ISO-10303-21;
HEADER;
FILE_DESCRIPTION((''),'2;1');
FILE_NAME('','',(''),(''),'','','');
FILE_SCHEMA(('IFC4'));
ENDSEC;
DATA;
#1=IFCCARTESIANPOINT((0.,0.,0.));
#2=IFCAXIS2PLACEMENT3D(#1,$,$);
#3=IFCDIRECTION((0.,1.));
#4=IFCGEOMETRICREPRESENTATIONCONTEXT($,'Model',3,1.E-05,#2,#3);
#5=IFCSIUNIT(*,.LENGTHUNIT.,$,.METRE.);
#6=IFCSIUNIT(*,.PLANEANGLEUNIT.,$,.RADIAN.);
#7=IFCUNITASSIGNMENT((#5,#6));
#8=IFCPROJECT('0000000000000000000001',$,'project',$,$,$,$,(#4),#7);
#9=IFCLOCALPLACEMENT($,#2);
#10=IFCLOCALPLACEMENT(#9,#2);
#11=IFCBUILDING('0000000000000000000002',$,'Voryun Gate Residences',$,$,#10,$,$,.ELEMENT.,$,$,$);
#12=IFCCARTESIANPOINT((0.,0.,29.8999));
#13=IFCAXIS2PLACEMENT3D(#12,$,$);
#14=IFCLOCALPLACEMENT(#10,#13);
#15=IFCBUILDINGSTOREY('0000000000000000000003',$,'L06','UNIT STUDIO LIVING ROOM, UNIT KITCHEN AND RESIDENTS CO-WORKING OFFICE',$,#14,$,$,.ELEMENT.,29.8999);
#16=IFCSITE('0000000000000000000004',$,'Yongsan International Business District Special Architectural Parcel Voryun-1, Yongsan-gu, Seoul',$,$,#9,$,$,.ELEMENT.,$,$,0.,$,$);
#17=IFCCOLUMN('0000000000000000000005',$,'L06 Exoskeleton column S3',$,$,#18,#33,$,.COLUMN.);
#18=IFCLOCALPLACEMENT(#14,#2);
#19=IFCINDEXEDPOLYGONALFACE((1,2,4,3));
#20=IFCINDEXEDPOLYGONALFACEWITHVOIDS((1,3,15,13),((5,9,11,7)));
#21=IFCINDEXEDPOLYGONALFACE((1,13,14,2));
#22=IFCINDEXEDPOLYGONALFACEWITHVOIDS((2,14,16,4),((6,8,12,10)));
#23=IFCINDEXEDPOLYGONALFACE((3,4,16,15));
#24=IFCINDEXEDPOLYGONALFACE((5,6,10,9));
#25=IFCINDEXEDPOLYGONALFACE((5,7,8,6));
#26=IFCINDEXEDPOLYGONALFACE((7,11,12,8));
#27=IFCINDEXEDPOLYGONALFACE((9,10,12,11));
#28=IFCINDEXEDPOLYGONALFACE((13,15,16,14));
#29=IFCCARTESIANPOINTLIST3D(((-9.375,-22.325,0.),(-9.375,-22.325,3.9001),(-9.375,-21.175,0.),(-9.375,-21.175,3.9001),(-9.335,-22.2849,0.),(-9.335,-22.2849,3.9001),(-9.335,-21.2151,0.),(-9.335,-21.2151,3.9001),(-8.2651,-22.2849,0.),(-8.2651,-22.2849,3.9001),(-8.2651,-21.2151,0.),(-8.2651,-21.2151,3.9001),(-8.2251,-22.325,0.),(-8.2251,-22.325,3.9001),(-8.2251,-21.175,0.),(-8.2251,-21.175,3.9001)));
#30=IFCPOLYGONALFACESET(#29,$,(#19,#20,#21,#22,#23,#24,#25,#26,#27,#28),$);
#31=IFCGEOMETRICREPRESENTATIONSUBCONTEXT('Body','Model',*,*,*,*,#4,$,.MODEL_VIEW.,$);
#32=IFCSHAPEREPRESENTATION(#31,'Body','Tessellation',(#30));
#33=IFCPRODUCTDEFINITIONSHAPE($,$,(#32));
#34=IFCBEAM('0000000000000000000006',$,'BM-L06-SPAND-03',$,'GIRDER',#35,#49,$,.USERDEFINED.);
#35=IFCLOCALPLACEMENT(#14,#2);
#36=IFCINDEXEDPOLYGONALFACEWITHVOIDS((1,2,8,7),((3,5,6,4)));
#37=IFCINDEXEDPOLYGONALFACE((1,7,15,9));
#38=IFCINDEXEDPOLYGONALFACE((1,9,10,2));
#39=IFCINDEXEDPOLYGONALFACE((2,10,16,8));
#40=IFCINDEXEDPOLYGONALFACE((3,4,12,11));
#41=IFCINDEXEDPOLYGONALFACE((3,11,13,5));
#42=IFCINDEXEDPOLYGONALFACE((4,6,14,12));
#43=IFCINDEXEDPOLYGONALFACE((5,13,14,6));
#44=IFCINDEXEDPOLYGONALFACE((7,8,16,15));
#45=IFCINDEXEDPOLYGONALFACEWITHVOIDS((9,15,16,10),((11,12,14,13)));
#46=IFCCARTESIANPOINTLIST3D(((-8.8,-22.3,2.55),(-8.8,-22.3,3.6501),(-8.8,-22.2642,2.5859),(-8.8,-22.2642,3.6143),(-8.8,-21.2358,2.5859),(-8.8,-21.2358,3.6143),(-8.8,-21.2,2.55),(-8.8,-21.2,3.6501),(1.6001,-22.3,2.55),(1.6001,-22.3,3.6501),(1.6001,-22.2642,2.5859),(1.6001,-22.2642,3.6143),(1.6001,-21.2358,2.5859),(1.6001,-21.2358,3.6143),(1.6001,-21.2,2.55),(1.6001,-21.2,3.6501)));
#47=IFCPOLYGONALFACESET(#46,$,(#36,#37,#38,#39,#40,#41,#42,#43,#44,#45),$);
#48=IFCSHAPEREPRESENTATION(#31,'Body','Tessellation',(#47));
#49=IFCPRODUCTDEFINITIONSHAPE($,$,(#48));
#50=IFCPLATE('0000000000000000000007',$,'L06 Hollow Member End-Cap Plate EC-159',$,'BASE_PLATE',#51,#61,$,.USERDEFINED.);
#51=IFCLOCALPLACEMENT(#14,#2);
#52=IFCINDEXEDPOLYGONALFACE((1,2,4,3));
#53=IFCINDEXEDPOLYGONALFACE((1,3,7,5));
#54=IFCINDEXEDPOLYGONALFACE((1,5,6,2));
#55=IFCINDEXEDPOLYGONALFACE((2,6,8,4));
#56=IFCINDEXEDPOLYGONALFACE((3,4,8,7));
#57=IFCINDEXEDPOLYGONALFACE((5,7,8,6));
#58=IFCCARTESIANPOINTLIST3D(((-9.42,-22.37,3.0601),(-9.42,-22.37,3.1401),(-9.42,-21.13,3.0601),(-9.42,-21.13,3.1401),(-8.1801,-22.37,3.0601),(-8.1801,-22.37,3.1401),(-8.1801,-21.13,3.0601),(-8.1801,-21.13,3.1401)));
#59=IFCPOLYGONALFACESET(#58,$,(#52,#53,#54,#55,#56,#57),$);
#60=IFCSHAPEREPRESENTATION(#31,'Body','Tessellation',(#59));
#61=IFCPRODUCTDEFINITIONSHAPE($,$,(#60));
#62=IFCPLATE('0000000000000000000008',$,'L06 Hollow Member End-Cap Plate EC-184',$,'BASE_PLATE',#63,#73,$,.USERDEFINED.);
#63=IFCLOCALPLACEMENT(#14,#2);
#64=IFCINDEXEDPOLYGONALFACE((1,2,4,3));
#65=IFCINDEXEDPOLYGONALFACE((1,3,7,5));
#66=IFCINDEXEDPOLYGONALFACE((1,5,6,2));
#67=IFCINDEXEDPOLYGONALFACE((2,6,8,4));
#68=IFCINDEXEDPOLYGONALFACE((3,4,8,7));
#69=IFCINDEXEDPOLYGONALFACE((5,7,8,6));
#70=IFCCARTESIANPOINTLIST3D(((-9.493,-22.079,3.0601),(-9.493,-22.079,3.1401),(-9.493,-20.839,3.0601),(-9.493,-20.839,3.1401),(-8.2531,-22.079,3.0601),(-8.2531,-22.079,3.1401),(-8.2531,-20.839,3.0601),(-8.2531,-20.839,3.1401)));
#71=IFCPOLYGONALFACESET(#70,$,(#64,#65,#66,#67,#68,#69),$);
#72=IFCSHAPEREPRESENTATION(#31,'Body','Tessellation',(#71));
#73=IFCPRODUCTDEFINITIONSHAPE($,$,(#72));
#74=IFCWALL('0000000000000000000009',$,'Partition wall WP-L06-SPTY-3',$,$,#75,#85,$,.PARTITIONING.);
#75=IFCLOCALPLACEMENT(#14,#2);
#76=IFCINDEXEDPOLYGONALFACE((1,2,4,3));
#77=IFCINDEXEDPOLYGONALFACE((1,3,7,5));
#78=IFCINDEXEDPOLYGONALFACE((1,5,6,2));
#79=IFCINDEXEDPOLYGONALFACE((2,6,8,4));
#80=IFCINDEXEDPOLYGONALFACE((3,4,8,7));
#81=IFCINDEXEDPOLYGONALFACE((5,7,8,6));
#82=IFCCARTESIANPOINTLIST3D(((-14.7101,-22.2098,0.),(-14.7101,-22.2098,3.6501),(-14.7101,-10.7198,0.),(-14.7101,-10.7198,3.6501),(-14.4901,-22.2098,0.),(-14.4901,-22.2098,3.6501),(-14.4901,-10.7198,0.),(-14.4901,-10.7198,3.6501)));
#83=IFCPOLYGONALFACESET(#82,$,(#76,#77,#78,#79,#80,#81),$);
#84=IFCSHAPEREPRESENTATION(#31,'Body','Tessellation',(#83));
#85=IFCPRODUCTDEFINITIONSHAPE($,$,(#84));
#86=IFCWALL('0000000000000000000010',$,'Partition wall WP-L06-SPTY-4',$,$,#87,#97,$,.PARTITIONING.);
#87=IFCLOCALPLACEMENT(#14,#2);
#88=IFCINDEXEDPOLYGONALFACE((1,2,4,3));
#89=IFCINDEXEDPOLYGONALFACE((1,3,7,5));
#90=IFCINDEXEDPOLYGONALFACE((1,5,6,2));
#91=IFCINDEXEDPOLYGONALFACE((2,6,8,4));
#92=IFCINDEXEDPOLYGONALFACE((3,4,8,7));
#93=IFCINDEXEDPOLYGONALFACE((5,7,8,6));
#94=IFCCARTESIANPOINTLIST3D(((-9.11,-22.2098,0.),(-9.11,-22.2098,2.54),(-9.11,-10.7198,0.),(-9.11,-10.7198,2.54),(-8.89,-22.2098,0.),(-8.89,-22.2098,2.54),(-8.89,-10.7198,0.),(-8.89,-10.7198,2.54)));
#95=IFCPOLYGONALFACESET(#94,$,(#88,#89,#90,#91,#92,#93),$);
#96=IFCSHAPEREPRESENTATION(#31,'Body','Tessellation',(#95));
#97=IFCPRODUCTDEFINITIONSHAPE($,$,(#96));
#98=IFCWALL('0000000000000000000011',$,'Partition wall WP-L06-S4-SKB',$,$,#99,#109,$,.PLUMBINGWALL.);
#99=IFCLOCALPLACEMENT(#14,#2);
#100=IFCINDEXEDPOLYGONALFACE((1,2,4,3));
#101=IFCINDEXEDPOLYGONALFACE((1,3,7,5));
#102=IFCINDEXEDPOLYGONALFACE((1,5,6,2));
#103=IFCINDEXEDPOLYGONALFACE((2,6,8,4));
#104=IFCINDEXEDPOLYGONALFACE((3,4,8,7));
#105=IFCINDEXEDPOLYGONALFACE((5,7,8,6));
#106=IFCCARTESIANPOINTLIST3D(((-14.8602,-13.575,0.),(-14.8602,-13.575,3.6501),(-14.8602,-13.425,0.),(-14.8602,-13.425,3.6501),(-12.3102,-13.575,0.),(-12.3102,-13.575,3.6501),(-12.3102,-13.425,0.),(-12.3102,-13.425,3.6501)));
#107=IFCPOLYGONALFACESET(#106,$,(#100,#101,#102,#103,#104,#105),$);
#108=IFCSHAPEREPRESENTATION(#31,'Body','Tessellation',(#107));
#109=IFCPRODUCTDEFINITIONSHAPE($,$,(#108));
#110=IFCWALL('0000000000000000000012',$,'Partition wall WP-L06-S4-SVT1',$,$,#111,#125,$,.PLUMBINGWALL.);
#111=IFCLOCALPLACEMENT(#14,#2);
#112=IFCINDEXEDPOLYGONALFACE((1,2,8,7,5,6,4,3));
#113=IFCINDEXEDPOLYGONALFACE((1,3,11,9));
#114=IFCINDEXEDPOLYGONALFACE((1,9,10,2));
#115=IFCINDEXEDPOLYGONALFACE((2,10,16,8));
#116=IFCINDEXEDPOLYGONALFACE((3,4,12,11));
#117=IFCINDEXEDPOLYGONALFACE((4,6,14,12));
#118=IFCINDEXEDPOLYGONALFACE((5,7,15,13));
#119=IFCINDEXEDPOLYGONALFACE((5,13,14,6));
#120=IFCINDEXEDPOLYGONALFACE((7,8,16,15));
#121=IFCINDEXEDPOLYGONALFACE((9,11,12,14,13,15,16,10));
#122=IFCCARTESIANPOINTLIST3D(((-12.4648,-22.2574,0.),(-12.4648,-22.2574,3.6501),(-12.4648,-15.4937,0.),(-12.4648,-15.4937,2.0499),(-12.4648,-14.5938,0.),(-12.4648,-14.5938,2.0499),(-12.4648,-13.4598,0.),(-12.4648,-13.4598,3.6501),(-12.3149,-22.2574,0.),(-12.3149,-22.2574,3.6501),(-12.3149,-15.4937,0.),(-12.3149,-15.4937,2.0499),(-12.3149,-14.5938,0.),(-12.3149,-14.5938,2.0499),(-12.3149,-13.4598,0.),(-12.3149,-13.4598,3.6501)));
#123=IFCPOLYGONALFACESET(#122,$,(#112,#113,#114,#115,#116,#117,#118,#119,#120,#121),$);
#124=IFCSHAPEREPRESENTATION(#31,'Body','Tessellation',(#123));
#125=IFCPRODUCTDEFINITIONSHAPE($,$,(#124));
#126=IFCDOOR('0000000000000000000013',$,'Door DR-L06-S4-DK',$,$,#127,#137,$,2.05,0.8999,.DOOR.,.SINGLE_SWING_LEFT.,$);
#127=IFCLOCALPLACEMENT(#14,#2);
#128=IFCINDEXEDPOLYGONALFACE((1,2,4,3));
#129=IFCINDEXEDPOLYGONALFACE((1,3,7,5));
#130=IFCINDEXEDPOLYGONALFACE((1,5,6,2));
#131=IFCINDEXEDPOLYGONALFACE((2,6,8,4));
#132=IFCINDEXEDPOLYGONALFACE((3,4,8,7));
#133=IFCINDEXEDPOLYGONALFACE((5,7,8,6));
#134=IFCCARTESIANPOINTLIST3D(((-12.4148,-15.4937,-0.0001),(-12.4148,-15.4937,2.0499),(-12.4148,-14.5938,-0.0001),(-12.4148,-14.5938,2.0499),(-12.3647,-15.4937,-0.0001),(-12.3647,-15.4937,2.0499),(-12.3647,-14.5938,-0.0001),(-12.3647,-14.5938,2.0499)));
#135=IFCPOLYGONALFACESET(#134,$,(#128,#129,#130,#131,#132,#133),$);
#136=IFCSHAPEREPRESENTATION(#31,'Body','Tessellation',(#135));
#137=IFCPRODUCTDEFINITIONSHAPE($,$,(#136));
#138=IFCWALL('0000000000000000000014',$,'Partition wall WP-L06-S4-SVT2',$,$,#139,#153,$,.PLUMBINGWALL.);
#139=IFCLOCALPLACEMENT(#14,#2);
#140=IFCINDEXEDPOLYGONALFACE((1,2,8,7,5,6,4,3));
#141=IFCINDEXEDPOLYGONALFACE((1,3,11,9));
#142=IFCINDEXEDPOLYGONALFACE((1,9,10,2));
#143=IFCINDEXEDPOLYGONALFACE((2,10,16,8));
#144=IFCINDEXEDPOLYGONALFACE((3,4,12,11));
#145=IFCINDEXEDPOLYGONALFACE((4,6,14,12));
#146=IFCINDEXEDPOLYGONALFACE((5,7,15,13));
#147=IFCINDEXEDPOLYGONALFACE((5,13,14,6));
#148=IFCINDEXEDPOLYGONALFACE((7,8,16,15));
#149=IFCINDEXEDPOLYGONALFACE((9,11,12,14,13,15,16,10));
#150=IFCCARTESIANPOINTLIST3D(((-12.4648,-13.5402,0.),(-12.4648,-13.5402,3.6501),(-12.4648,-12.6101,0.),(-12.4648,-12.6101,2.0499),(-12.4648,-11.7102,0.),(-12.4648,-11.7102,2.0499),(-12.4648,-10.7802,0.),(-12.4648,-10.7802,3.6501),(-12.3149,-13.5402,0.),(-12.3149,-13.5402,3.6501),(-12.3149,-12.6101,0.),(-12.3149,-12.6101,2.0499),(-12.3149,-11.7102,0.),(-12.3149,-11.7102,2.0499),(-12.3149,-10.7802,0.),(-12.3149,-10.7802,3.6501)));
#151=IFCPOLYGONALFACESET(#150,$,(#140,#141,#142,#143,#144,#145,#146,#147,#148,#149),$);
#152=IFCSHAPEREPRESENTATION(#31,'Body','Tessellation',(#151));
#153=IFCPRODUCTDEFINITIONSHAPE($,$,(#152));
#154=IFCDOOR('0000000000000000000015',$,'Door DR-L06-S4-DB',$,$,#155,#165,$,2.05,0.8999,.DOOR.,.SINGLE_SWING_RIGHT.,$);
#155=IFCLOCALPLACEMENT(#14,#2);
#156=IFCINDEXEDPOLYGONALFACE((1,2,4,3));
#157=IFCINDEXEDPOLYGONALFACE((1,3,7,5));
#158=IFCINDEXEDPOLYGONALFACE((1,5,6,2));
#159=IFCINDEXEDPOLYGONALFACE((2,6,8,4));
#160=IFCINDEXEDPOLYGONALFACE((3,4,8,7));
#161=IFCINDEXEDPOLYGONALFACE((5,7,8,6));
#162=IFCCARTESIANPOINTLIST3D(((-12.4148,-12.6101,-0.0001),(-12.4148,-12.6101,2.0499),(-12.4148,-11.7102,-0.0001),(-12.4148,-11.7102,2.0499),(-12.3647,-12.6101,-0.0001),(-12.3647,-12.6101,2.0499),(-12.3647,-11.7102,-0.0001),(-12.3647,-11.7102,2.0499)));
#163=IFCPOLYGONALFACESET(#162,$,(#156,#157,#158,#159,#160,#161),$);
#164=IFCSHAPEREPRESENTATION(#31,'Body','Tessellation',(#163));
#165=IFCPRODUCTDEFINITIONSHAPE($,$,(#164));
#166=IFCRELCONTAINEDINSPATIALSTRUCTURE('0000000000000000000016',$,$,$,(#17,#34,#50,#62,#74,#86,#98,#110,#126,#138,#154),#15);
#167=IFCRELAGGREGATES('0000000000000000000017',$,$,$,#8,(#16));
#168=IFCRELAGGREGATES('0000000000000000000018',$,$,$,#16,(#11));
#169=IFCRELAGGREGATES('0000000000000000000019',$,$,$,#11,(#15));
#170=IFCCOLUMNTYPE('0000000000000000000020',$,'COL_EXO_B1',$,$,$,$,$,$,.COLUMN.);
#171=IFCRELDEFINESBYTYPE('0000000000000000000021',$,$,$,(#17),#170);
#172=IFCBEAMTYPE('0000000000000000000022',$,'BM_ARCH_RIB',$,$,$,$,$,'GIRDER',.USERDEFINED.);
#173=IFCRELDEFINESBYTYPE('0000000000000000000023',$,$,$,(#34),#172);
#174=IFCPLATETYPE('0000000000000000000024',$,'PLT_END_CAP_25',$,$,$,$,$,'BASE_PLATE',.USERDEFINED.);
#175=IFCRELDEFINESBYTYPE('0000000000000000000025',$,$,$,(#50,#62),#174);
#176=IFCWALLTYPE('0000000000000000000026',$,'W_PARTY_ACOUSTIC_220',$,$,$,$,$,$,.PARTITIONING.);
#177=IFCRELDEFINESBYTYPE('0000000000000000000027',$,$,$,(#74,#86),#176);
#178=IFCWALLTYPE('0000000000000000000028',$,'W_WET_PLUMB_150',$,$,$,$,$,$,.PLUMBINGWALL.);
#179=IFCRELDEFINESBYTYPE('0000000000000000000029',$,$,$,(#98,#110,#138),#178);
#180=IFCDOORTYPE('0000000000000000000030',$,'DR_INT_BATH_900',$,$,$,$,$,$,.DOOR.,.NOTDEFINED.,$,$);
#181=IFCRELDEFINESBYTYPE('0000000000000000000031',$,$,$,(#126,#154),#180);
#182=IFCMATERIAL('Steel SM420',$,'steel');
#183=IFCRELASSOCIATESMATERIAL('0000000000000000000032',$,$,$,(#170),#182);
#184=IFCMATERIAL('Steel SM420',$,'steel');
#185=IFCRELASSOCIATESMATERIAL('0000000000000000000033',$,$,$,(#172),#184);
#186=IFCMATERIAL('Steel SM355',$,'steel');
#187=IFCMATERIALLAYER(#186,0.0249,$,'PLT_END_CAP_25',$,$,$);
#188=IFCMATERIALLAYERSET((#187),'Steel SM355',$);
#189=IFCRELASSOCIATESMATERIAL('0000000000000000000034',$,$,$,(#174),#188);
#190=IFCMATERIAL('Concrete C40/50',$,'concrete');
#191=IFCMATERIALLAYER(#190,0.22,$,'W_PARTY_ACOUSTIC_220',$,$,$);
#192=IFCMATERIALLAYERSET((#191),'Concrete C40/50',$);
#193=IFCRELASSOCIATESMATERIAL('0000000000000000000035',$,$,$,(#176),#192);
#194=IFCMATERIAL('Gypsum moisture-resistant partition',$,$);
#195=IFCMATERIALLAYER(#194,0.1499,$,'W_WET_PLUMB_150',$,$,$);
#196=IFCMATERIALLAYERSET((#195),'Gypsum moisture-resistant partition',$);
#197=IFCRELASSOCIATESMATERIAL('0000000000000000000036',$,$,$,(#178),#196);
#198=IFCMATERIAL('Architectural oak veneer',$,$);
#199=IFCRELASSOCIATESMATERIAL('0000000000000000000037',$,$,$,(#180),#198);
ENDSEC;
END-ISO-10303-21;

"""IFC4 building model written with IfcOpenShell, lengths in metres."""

from ifc_helpers import new_model, si_unit, direction, frame, frame_2d, origin, origin_2d, place, context, subcontext, project, spatial, rectangle, hollow_rectangle, extrude, material, layer, layer_set, material_profile, profile_set, type_object, element, fill, save


model = new_model("IFC4")

# Units and contexts
model_context = context("Model", 3, precision=1e-05, world=origin(), true_north=direction((0.0, 1.0)))
body_context = subcontext(model_context, "Body", "Model", "MODEL_VIEW")
ifc_project = project(units=[si_unit("LENGTHUNIT", "METRE"), si_unit("PLANEANGLEUNIT", "RADIAN")], contexts=[model_context])

# Site, building, storey
site_placement = place(None, origin())
site = spatial("IfcSite", under=ifc_project, at=site_placement, Name="Yongsan International Business District Special Architectural Parcel Voryun-1, Yongsan-gu, Seoul", CompositionType="ELEMENT", RefElevation=0.0)
building_placement = place(site_placement, origin())
building = spatial("IfcBuilding", under=site, at=building_placement, Name="Voryun Gate Residences", CompositionType="ELEMENT")
storey_placement = place(building_placement, frame((0.0, 0.0, 29.8999)))
storey = spatial("IfcBuildingStorey", under=building, at=storey_placement, Name="L06", Description="UNIT STUDIO LIVING ROOM, UNIT KITCHEN AND RESIDENTS CO-WORKING OFFICE", CompositionType="ELEMENT", Elevation=29.8999)

# Column
ifc_material_1 = material(Name="Steel SM420", Category="steel")
ifc_material_profile_1 = material_profile(ifc_material_1, hollow_rectangle(XDim=1.1499, YDim=1.1499, WallThickness=0.04, at=origin_2d()), Name="BOX-1150x1150x40")
ifc_profile_set_1 = profile_set([ifc_material_profile_1], Name="Steel SM420")
column_type = type_object("IfcColumnType", Name="COL_EXO_B1", PredefinedType="COLUMN", material=ifc_profile_set_1)
column_placement = place(storey_placement, frame((-8.8, -21.75, 0.0), z_axis=(0.0, 0.0, 1.0), x_axis=(1.0, 0.0, 0.0)))
element("IfcColumn", 1, at=column_placement, inside=storey, type_object=column_type, Name="L06 Exoskeleton column S3", PredefinedType="COLUMN", context=body_context, shape_type="SweptSolid", body=[
    extrude(hollow_rectangle(XDim=1.1499, YDim=1.1499, WallThickness=0.04, at=origin_2d()), origin(), (0.0, 0.0, 1.0), 3.9001),
])

# Beam
ifc_material_2 = material(Name="Steel SM420", Category="steel")
ifc_material_profile_2 = material_profile(ifc_material_2, hollow_rectangle(XDim=1.1001, YDim=1.1001, WallThickness=0.0359, at=origin_2d()), Name="BOX-1100x1100x36")
ifc_profile_set_2 = profile_set([ifc_material_profile_2], Name="Steel SM420")
beam_type = type_object("IfcBeamType", Name="BM_ARCH_RIB", ElementType="GIRDER", PredefinedType="USERDEFINED", material=ifc_profile_set_2)
beam_placement = place(storey_placement, frame((-8.8, -21.75, 3.1001), z_axis=(1.0, 0.0, 0.0), x_axis=(0.0, 1.0, 0.0)))
element("IfcBeam", 2, at=beam_placement, inside=storey, type_object=beam_type, Name="BM-L06-SPAND-03", ObjectType="GIRDER", PredefinedType="USERDEFINED", context=body_context, shape_type="SweptSolid", body=[
    extrude(hollow_rectangle(XDim=1.1001, YDim=1.1001, WallThickness=0.0359, at=origin_2d()), origin(), (0.0, 0.0, 1.0), 10.4001),
])

# Plates
ifc_material_3 = material(Name="Steel SM355", Category="steel")
ifc_layer_1 = layer(ifc_material_3, 0.0249, Name="PLT_END_CAP_25")
ifc_layer_set_1 = layer_set([ifc_layer_1], Name="Steel SM355")
plate_type = type_object("IfcPlateType", Name="PLT_END_CAP_25", ElementType="BASE_PLATE", PredefinedType="USERDEFINED", material=ifc_layer_set_1)
for number, where, z_axis, x_axis, name in (
    (3, (-8.8, -21.75, 3.0601), (0.0, 0.0, 1.0), (1.0, 0.0, 0.0), "L06 Hollow Member End-Cap Plate EC-159"),
    (4, (-8.873, -21.459, 3.0601), (0.0, 0.0, 1.0), (1.0, 0.0, 0.0), "L06 Hollow Member End-Cap Plate EC-184"),
):
    element("IfcPlate", number, at=place(storey_placement, frame(where, z_axis=z_axis, x_axis=x_axis)), inside=storey, type_object=plate_type, Name=name, ObjectType="BASE_PLATE", PredefinedType="USERDEFINED", context=body_context, shape_type="SweptSolid", body=[
        extrude(rectangle(XDim=1.24, YDim=1.24, at=origin_2d()), origin(), (0.0, 0.0, 1.0), 0.0801),
    ])

# Walls
ifc_material_4 = material(Name="Concrete C40/50", Category="concrete")
ifc_layer_2 = layer(ifc_material_4, 0.22, Name="W_PARTY_ACOUSTIC_220")
ifc_layer_set_2 = layer_set([ifc_layer_2], Name="Concrete C40/50")
wall_type_1 = type_object("IfcWallType", Name="W_PARTY_ACOUSTIC_220", PredefinedType="PARTITIONING", material=ifc_layer_set_2)
wall_1_placement = place(storey_placement, frame((-14.6001, -22.21, 0.0), z_axis=(0.0, 0.0, 1.0), x_axis=(0.0, 1.0, 0.0)))
element("IfcWall", 5, at=wall_1_placement, inside=storey, type_object=wall_type_1, Name="Partition wall WP-L06-SPTY-3", PredefinedType="PARTITIONING", context=body_context, shape_type="SweptSolid", body=[
    extrude(rectangle(XDim=11.49, YDim=0.22, at=frame_2d((5.7451, 0.0))), origin(), (0.0, 0.0, 1.0), 3.6501),
])
wall_2_placement = place(storey_placement, frame((-9.0, -22.21, 0.0), z_axis=(0.0, 0.0, 1.0), x_axis=(0.0, 1.0, 0.0)))
element("IfcWall", 6, at=wall_2_placement, inside=storey, type_object=wall_type_1, Name="Partition wall WP-L06-SPTY-4", PredefinedType="PARTITIONING", context=body_context, shape_type="SweptSolid", body=[
    extrude(rectangle(XDim=11.49, YDim=0.22, at=frame_2d((5.7451, 0.0))), origin(), (0.0, 0.0, 1.0), 2.54),
])
ifc_material_5 = material(Name="Gypsum moisture-resistant partition")
ifc_layer_3 = layer(ifc_material_5, 0.1499, Name="W_WET_PLUMB_150")
ifc_layer_set_3 = layer_set([ifc_layer_3], Name="Gypsum moisture-resistant partition")
wall_type_2 = type_object("IfcWallType", Name="W_WET_PLUMB_150", PredefinedType="PLUMBINGWALL", material=ifc_layer_set_3)
wall_3_placement = place(storey_placement, frame((-14.8601, -13.5, 0.0), z_axis=(0.0, 0.0, 1.0), x_axis=(1.0, 0.0, 0.0)))
element("IfcWall", 7, at=wall_3_placement, inside=storey, type_object=wall_type_2, Name="Partition wall WP-L06-S4-SKB", PredefinedType="PLUMBINGWALL", context=body_context, shape_type="SweptSolid", body=[
    extrude(rectangle(XDim=2.55, YDim=0.1499, at=frame_2d((1.2749, 0.0))), origin(), (0.0, 0.0, 1.0), 3.6501),
])

# Walls, openings, doors
wall_4_placement = place(storey_placement, frame((-12.3899, -22.2576, 0.0), z_axis=(0.0, 0.0, 1.0), x_axis=(0.0, 1.0, 0.0)))
wall_4 = element("IfcWall", 8, at=wall_4_placement, inside=storey, type_object=wall_type_2, Name="Partition wall WP-L06-S4-SVT1", PredefinedType="PLUMBINGWALL", context=body_context, shape_type="SweptSolid", body=[
    extrude(rectangle(XDim=8.7976, YDim=0.1499, at=frame_2d((4.3989, 0.0))), origin(), (0.0, 0.0, 1.0), 3.6501),
])
opening_1_placement = place(wall_4_placement, frame((6.7639, 0.0, 0.0)))
opening_1 = element("IfcOpeningElement", 9, at=opening_1_placement, cuts=wall_4, PredefinedType="OPENING", context=body_context, shape_type="SweptSolid", body=[
    extrude(rectangle(XDim=0.8999, YDim=2.05, at=frame_2d((0.45, 1.0249))), frame((0.0, 0.085, 0.0), z_axis=(0.0, -1.0, 0.0), x_axis=(1.0, 0.0, 0.0)), (0.0, 0.0, 1.0), 0.1699),
])
ifc_material_6 = material(Name="Architectural oak veneer")
door_type = type_object("IfcDoorType", Name="DR_INT_BATH_900", OperationType="NOTDEFINED", PredefinedType="DOOR", material=ifc_material_6)
door_1_placement = place(opening_1_placement, origin())
door_1 = element("IfcDoor", 10, at=door_1_placement, inside=storey, type_object=door_type, Name="Door DR-L06-S4-DK", OperationType="SINGLE_SWING_LEFT", OverallHeight=2.05, OverallWidth=0.8999, PredefinedType="DOOR", context=body_context, shape_type="SweptSolid", body=[
    extrude(rectangle(XDim=0.8999, YDim=2.05, at=frame_2d((0.45, 1.0249))), frame((0.0, 0.0249, 0.0), z_axis=(0.0, -1.0, 0.0), x_axis=(1.0, 0.0, 0.0)), (0.0, 0.0, 1.0), 0.05),
])
fill(opening_1, door_1)
wall_5_placement = place(storey_placement, frame((-12.3899, -13.54, 0.0), z_axis=(0.0, 0.0, 1.0), x_axis=(0.0, 1.0, 0.0)))
wall_5 = element("IfcWall", 11, at=wall_5_placement, inside=storey, type_object=wall_type_2, Name="Partition wall WP-L06-S4-SVT2", PredefinedType="PLUMBINGWALL", context=body_context, shape_type="SweptSolid", body=[
    extrude(rectangle(XDim=2.76, YDim=0.1499, at=frame_2d((1.3799, 0.0))), origin(), (0.0, 0.0, 1.0), 3.6501),
])
opening_2_placement = place(wall_5_placement, frame((0.9299, 0.0, 0.0)))
opening_2 = element("IfcOpeningElement", 12, at=opening_2_placement, cuts=wall_5, PredefinedType="OPENING", context=body_context, shape_type="SweptSolid", body=[
    extrude(rectangle(XDim=0.8999, YDim=2.05, at=frame_2d((0.45, 1.0249))), frame((0.0, 0.085, 0.0), z_axis=(0.0, -1.0, 0.0), x_axis=(1.0, 0.0, 0.0)), (0.0, 0.0, 1.0), 0.1699),
])
door_2_placement = place(opening_2_placement, origin())
door_2 = element("IfcDoor", 13, at=door_2_placement, inside=storey, type_object=door_type, Name="Door DR-L06-S4-DB", OperationType="SINGLE_SWING_RIGHT", OverallHeight=2.05, OverallWidth=0.8999, PredefinedType="DOOR", context=body_context, shape_type="SweptSolid", body=[
    extrude(rectangle(XDim=0.8999, YDim=2.05, at=frame_2d((0.45, 1.0249))), frame((0.0, 0.0249, 0.0), z_axis=(0.0, -1.0, 0.0), x_axis=(1.0, 0.0, 0.0)), (0.0, 0.0, 1.0), 0.05),
])
fill(opening_2, door_2)

save(model, "model.ifc")
